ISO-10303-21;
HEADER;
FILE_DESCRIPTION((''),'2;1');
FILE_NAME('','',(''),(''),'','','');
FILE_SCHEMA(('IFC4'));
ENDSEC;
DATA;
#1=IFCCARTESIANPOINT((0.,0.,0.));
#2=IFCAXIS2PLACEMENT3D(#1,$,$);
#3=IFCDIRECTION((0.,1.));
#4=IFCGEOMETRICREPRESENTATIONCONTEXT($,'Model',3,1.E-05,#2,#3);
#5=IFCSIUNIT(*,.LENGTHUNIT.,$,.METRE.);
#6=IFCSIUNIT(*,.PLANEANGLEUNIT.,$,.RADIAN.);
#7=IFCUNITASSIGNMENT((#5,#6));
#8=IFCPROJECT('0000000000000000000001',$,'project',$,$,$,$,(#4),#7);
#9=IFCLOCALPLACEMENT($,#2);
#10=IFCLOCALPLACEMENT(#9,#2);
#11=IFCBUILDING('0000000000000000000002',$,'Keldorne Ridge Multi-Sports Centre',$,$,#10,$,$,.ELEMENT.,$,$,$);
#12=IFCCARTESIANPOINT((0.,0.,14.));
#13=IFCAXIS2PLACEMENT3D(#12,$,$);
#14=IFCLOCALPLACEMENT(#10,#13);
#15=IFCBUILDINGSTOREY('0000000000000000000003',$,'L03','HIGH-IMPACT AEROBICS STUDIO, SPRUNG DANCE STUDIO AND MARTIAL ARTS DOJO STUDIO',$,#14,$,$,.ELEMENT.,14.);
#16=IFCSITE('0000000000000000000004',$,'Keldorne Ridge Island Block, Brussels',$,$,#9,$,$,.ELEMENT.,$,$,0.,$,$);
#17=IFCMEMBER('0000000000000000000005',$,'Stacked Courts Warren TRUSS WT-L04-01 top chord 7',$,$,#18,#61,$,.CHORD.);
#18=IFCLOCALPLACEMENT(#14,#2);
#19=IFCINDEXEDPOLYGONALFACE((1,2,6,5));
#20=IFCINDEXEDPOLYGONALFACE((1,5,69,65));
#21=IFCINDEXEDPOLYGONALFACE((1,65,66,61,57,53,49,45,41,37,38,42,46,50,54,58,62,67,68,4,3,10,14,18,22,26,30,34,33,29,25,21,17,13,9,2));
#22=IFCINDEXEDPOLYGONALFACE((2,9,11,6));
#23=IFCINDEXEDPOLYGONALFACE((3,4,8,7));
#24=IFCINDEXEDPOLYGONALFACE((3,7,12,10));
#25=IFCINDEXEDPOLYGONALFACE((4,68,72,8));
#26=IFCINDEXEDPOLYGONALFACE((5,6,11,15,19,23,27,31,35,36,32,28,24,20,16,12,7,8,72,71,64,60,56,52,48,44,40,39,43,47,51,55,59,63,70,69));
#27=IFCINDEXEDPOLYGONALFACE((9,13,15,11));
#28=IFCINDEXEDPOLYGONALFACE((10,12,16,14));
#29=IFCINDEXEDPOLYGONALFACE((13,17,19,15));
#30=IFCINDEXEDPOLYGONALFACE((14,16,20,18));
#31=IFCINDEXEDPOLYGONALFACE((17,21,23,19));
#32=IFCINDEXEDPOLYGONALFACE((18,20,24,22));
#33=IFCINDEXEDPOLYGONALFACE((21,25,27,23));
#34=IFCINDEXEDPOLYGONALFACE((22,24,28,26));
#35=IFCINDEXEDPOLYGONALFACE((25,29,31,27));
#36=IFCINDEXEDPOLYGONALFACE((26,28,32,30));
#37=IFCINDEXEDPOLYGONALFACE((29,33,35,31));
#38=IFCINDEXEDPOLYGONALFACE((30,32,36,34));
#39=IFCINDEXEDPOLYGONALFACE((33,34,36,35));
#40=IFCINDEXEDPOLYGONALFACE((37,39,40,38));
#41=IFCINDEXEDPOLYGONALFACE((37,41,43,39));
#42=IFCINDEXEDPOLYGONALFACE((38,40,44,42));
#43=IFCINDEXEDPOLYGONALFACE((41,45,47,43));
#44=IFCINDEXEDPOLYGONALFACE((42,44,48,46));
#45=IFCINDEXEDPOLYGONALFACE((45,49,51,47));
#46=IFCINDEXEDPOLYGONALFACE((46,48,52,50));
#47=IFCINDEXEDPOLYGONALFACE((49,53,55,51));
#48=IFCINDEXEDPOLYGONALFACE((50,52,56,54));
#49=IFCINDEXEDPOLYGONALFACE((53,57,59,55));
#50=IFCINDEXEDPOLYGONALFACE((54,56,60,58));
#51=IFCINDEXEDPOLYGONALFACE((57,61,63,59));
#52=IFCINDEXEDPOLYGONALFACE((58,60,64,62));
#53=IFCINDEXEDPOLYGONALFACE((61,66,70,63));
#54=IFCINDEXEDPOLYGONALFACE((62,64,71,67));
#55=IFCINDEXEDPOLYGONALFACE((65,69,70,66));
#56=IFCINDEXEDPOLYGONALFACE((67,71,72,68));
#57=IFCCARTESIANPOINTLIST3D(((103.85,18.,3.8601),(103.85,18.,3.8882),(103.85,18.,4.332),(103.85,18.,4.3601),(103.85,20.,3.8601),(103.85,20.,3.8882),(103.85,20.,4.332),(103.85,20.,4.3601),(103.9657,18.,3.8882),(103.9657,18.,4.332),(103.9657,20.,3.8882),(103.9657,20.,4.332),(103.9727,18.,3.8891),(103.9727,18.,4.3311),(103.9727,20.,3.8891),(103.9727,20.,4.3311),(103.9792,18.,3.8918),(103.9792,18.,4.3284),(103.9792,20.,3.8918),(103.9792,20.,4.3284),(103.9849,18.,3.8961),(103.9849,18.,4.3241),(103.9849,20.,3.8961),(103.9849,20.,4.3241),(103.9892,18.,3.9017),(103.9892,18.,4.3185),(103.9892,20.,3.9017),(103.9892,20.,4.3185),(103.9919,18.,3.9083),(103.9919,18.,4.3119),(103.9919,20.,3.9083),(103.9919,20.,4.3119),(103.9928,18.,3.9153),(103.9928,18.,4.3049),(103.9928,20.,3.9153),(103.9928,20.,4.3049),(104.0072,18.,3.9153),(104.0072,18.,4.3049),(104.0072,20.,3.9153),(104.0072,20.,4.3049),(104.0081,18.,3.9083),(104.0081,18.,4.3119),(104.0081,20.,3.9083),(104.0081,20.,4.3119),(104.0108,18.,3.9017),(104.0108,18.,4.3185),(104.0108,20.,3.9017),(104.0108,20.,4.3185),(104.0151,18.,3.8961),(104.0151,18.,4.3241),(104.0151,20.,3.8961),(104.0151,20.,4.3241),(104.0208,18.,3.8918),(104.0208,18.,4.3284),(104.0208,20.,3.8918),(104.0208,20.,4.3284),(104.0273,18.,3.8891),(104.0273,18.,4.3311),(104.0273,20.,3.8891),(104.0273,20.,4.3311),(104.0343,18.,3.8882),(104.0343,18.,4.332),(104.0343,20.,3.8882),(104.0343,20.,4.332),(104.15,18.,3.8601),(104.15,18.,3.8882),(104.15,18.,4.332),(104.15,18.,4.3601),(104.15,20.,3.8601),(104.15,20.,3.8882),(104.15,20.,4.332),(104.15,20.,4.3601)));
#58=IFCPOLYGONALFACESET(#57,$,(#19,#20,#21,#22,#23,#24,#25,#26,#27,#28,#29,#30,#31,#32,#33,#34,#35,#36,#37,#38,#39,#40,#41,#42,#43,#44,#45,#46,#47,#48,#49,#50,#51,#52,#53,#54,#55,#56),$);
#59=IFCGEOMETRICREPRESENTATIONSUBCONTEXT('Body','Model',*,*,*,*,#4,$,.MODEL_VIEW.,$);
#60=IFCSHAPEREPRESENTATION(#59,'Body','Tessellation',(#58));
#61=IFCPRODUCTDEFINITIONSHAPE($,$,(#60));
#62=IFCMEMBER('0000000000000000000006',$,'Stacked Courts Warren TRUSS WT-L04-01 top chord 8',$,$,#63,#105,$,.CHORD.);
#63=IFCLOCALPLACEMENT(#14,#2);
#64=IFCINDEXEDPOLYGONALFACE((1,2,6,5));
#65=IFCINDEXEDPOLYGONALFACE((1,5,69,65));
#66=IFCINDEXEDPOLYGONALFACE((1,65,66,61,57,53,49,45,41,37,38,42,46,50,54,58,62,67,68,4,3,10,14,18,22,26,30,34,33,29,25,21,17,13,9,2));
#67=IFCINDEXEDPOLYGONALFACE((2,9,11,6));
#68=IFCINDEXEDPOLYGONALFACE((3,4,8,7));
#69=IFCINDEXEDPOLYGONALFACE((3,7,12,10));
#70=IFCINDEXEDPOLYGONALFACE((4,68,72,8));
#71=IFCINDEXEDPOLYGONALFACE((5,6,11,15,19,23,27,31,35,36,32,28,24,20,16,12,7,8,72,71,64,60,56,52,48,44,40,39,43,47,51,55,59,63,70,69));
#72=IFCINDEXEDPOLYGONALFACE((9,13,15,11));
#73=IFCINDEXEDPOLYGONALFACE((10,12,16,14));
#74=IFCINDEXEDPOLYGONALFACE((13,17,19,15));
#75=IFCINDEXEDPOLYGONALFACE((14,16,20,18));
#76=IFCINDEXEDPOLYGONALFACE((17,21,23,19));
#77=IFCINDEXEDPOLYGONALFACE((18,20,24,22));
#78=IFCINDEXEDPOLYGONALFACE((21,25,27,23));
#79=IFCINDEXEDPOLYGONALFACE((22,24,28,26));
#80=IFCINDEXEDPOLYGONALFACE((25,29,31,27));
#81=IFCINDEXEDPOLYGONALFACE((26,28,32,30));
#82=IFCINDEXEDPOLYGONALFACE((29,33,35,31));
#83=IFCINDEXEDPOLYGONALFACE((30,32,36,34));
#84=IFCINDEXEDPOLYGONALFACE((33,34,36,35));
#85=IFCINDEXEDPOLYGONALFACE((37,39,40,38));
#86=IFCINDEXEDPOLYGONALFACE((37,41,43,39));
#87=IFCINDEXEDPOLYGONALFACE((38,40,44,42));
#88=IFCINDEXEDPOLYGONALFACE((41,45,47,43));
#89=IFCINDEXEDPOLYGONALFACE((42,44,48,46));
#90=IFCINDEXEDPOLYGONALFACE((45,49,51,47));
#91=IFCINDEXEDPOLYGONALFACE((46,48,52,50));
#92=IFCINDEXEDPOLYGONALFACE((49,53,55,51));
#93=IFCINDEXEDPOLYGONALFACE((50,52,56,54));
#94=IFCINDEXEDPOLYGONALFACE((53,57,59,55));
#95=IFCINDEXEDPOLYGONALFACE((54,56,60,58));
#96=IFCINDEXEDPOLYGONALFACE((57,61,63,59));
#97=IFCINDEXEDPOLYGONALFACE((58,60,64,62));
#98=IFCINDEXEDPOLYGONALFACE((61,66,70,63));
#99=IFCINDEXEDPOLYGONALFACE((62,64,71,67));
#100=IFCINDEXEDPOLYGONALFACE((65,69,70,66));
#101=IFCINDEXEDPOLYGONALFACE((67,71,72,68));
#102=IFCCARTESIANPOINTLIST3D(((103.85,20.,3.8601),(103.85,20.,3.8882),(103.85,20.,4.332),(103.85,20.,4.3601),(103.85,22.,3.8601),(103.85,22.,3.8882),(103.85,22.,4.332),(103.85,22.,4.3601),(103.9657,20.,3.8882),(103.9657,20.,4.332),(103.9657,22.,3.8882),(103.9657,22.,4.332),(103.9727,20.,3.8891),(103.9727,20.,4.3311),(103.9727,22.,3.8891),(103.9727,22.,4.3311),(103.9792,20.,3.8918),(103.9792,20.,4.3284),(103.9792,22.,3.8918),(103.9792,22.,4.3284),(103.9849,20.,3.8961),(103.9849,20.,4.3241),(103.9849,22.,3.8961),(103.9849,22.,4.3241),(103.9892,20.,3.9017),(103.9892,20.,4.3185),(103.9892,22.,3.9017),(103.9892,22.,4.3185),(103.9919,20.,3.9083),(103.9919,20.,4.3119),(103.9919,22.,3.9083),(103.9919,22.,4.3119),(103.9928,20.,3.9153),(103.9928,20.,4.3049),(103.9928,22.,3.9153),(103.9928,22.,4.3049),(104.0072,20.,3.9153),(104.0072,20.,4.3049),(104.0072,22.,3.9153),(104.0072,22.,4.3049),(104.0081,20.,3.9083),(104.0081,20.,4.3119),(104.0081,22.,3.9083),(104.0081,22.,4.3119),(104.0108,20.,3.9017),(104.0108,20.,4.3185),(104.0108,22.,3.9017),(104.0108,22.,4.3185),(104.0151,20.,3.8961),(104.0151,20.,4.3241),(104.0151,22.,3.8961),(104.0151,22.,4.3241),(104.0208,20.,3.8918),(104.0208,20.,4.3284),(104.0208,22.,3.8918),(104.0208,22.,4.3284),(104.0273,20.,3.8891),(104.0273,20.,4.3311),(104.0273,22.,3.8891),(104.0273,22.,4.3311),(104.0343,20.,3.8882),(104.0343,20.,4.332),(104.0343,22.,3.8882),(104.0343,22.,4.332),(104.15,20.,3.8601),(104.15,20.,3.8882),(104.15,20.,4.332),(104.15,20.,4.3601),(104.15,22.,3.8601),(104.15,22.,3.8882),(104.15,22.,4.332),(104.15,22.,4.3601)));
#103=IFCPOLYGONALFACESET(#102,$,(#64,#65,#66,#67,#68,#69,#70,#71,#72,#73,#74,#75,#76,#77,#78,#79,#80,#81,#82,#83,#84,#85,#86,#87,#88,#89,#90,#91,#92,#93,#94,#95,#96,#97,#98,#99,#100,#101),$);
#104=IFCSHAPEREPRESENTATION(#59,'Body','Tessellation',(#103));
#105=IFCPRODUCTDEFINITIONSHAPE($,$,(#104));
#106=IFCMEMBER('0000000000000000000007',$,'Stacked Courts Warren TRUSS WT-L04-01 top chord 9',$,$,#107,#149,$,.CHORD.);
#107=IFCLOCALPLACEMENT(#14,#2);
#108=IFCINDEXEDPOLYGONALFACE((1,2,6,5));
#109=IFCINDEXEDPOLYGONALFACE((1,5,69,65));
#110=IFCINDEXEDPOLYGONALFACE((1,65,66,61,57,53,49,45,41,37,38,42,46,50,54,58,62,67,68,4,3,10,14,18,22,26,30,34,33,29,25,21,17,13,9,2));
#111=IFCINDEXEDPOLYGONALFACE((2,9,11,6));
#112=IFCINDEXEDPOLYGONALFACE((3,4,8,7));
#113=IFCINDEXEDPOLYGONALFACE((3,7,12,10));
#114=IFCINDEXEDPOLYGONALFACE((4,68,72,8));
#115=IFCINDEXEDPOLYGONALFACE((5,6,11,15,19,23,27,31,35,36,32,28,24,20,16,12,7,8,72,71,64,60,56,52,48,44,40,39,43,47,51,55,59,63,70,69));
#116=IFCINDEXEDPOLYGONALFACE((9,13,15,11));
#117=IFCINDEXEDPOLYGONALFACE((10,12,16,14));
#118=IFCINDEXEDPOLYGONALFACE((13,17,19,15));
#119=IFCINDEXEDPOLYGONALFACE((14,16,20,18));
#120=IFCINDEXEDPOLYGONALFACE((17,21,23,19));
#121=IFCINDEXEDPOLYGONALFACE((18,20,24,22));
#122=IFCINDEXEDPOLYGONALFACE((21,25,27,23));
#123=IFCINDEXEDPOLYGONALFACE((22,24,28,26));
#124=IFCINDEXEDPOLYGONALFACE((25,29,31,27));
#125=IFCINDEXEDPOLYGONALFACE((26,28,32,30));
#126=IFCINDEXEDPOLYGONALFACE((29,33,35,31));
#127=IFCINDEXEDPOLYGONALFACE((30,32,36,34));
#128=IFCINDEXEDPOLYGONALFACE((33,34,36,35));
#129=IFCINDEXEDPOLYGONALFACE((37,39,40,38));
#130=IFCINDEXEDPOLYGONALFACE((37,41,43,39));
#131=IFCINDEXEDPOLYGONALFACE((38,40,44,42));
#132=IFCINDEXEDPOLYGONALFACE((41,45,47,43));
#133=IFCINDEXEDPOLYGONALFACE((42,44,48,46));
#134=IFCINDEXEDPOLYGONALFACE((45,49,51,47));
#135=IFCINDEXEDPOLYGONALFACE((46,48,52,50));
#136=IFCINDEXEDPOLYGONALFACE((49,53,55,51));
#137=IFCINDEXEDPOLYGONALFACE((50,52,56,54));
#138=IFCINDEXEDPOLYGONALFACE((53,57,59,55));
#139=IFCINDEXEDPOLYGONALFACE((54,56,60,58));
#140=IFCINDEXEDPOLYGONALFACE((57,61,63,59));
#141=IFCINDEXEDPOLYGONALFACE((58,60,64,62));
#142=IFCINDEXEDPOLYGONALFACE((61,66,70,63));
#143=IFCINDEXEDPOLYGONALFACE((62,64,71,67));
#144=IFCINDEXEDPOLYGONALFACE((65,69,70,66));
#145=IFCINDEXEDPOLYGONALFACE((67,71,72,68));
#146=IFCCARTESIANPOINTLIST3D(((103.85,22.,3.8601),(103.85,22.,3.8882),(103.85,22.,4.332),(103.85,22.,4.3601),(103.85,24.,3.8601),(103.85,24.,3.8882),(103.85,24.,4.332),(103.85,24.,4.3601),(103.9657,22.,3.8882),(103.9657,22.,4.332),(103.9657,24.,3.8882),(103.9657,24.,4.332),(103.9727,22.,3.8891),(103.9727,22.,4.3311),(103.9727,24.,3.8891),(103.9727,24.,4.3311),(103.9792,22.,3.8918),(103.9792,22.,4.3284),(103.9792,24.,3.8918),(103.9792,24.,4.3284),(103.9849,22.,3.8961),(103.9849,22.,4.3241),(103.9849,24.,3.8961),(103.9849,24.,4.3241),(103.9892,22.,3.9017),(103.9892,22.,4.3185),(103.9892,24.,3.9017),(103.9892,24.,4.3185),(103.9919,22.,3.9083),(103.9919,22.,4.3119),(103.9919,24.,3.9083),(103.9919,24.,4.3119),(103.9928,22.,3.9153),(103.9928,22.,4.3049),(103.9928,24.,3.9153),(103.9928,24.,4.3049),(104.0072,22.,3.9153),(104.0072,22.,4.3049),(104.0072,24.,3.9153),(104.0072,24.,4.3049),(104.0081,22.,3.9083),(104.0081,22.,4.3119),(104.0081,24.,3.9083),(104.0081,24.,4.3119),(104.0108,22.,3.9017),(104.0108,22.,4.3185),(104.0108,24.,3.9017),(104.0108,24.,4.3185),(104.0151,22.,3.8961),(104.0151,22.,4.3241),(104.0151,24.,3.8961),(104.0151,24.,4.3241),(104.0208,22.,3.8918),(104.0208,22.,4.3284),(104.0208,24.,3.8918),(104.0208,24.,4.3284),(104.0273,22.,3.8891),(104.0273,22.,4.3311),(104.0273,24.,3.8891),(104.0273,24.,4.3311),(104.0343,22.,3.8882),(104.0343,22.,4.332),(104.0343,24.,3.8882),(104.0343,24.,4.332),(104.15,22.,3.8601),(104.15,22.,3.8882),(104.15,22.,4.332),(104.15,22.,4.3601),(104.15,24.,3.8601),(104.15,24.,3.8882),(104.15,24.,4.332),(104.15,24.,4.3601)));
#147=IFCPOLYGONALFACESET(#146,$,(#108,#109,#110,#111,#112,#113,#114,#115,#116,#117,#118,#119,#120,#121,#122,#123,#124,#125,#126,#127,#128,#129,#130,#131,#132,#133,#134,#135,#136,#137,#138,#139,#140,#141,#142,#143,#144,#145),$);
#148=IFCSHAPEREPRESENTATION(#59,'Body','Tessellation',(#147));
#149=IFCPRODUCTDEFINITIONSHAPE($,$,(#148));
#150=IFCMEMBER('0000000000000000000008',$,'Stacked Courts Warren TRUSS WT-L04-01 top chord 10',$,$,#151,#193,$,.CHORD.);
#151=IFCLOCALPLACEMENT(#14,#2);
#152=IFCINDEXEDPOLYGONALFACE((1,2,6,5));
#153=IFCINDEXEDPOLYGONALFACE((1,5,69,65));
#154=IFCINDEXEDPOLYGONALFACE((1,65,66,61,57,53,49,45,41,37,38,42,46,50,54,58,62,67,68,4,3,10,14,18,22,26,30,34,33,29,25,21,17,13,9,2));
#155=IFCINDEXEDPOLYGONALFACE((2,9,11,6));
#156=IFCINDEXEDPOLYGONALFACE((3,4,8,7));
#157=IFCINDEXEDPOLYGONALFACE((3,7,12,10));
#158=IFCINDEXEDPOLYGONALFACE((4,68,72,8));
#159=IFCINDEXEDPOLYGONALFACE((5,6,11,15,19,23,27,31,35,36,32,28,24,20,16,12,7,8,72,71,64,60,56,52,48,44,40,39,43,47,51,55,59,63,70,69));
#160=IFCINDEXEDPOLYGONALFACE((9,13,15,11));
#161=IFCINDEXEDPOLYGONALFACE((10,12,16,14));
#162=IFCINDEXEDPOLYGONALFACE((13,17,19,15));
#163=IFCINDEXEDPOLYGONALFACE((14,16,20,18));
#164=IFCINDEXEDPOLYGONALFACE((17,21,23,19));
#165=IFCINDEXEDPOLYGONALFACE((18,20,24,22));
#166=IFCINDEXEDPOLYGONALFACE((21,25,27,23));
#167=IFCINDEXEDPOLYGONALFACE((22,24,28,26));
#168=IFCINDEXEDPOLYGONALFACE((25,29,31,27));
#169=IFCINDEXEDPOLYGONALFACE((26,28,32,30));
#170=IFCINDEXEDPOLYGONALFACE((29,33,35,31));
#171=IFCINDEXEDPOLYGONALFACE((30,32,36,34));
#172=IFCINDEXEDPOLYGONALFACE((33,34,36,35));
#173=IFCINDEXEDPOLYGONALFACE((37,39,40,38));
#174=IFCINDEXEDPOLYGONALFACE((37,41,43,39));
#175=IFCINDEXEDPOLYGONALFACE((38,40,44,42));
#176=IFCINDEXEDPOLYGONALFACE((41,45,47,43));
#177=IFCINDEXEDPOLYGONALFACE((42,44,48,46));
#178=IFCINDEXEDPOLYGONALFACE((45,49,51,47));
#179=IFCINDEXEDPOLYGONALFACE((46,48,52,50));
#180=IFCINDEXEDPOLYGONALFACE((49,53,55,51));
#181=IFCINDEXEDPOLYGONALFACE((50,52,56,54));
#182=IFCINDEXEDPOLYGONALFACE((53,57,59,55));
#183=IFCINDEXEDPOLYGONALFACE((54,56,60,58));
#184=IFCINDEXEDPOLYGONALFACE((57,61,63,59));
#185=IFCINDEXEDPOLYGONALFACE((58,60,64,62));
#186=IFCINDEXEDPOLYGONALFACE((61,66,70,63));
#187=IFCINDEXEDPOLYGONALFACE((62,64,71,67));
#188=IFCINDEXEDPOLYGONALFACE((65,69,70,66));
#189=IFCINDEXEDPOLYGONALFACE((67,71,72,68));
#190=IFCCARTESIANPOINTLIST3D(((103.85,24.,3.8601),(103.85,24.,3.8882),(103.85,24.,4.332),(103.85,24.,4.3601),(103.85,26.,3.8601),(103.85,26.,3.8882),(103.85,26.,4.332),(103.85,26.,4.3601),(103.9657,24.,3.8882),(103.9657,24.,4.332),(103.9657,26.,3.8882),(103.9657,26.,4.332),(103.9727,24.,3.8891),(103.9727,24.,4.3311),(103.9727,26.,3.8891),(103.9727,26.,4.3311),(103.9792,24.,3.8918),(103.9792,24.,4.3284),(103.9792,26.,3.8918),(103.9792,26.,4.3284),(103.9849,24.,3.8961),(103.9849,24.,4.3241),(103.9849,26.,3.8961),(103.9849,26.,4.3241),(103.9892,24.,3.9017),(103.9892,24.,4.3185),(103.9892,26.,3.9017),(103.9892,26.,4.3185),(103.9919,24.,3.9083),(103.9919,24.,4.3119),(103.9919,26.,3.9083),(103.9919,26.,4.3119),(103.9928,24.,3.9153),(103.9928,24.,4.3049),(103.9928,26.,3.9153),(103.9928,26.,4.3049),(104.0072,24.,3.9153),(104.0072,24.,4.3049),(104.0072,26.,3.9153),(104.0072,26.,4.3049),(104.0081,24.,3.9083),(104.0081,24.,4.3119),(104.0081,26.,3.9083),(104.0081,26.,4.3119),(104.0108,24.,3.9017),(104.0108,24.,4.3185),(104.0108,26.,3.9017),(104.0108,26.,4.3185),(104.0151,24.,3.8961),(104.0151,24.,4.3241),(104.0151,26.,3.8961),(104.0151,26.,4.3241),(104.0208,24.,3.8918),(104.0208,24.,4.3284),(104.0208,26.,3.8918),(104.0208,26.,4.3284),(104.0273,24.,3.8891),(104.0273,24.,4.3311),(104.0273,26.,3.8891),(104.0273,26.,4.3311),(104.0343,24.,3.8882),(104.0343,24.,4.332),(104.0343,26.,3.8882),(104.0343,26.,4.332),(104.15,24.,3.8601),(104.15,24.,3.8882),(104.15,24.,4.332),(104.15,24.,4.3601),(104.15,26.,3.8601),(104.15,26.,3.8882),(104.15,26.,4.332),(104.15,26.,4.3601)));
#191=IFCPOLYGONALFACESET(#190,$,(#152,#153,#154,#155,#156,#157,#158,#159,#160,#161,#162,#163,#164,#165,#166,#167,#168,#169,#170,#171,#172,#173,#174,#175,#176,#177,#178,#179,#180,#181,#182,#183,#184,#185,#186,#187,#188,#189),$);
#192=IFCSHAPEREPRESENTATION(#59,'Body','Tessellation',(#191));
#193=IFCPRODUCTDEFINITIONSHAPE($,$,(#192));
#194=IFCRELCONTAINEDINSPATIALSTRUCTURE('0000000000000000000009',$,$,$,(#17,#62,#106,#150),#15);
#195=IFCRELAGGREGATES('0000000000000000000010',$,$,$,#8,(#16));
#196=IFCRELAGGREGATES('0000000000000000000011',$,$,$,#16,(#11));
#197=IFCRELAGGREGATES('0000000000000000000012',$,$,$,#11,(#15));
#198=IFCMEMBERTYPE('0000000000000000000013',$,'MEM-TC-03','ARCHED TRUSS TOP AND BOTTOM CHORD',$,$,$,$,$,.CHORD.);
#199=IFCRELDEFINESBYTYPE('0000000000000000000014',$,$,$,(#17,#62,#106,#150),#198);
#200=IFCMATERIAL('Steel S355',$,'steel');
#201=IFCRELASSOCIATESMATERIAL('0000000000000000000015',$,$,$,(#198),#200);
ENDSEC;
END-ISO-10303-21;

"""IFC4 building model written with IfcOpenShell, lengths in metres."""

from ifc_helpers import new_model, si_unit, direction, frame, origin, origin_2d, place, context, subcontext, project, spatial, i_section, extrude, material, material_profile, profile_set, type_object, element, save


model = new_model("IFC4")

# Units and contexts
model_context = context("Model", 3, precision=1e-05, world=origin(), true_north=direction((0.0, 1.0)))
body_context = subcontext(model_context, "Body", "Model", "MODEL_VIEW")
ifc_project = project(units=[si_unit("LENGTHUNIT", "METRE"), si_unit("PLANEANGLEUNIT", "RADIAN")], contexts=[model_context])

# Site, building, storey
site_placement = place(None, origin())
site = spatial("IfcSite", under=ifc_project, at=site_placement, Name="Keldorne Ridge Island Block, Brussels", CompositionType="ELEMENT", RefElevation=0.0)
building_placement = place(site_placement, origin())
building = spatial("IfcBuilding", under=site, at=building_placement, Name="Keldorne Ridge Multi-Sports Centre", CompositionType="ELEMENT")
storey_placement = place(building_placement, frame((0.0, 0.0, 14.0)))
storey = spatial("IfcBuildingStorey", under=building, at=storey_placement, Name="L03", Description="HIGH-IMPACT AEROBICS STUDIO, SPRUNG DANCE STUDIO AND MARTIAL ARTS DOJO STUDIO", CompositionType="ELEMENT", Elevation=14.0)

# Shared definitions
ifc_material = material(Name="Steel S355", Category="steel")

# Members
ifc_material_profile_1 = material_profile(ifc_material, i_section(OverallWidth=0.3, OverallDepth=0.5, WebThickness=0.0144, FlangeThickness=0.0281, FilletRadius=0.0271, at=origin_2d()), Name="HEB 500")
ifc_profile_set_1 = profile_set([ifc_material_profile_1], Name="Steel S355")
member_type_1 = type_object("IfcMemberType", Name="MEM-TC-03", Description="ARCHED TRUSS TOP AND BOTTOM CHORD", PredefinedType="CHORD", material=ifc_profile_set_1)
for number, where, z_axis, x_axis, name in (
    (1, (104.0, 18.0, 4.1101), (0.0, 1.0, 0.0), (-1.0, 0.0, 0.0), "Stacked Courts Warren TRUSS WT-L04-01 top chord 7"),
    (2, (104.0, 20.0, 4.1101), (0.0, 1.0, 0.0), (-1.0, 0.0, 0.0), "Stacked Courts Warren TRUSS WT-L04-01 top chord 8"),
    (3, (104.0, 22.0, 4.1101), (0.0, 1.0, 0.0), (-1.0, 0.0, 0.0), "Stacked Courts Warren TRUSS WT-L04-01 top chord 9"),
    (4, (104.0, 24.0, 4.1101), (0.0, 1.0, 0.0), (-1.0, 0.0, 0.0), "Stacked Courts Warren TRUSS WT-L04-01 top chord 10"),
):
    element("IfcMember", number, at=place(storey_placement, frame(where, z_axis=z_axis, x_axis=x_axis)), inside=storey, type_object=member_type_1, Name=name, PredefinedType="CHORD", context=body_context, shape_type="SweptSolid", body=[
        extrude(i_section(OverallWidth=0.3, OverallDepth=0.5, WebThickness=0.0144, FlangeThickness=0.0281, FilletRadius=0.0271, at=origin_2d()), origin(), (0.0, 0.0, 1.0), 2.0),
    ])

save(model, "model.ifc")
